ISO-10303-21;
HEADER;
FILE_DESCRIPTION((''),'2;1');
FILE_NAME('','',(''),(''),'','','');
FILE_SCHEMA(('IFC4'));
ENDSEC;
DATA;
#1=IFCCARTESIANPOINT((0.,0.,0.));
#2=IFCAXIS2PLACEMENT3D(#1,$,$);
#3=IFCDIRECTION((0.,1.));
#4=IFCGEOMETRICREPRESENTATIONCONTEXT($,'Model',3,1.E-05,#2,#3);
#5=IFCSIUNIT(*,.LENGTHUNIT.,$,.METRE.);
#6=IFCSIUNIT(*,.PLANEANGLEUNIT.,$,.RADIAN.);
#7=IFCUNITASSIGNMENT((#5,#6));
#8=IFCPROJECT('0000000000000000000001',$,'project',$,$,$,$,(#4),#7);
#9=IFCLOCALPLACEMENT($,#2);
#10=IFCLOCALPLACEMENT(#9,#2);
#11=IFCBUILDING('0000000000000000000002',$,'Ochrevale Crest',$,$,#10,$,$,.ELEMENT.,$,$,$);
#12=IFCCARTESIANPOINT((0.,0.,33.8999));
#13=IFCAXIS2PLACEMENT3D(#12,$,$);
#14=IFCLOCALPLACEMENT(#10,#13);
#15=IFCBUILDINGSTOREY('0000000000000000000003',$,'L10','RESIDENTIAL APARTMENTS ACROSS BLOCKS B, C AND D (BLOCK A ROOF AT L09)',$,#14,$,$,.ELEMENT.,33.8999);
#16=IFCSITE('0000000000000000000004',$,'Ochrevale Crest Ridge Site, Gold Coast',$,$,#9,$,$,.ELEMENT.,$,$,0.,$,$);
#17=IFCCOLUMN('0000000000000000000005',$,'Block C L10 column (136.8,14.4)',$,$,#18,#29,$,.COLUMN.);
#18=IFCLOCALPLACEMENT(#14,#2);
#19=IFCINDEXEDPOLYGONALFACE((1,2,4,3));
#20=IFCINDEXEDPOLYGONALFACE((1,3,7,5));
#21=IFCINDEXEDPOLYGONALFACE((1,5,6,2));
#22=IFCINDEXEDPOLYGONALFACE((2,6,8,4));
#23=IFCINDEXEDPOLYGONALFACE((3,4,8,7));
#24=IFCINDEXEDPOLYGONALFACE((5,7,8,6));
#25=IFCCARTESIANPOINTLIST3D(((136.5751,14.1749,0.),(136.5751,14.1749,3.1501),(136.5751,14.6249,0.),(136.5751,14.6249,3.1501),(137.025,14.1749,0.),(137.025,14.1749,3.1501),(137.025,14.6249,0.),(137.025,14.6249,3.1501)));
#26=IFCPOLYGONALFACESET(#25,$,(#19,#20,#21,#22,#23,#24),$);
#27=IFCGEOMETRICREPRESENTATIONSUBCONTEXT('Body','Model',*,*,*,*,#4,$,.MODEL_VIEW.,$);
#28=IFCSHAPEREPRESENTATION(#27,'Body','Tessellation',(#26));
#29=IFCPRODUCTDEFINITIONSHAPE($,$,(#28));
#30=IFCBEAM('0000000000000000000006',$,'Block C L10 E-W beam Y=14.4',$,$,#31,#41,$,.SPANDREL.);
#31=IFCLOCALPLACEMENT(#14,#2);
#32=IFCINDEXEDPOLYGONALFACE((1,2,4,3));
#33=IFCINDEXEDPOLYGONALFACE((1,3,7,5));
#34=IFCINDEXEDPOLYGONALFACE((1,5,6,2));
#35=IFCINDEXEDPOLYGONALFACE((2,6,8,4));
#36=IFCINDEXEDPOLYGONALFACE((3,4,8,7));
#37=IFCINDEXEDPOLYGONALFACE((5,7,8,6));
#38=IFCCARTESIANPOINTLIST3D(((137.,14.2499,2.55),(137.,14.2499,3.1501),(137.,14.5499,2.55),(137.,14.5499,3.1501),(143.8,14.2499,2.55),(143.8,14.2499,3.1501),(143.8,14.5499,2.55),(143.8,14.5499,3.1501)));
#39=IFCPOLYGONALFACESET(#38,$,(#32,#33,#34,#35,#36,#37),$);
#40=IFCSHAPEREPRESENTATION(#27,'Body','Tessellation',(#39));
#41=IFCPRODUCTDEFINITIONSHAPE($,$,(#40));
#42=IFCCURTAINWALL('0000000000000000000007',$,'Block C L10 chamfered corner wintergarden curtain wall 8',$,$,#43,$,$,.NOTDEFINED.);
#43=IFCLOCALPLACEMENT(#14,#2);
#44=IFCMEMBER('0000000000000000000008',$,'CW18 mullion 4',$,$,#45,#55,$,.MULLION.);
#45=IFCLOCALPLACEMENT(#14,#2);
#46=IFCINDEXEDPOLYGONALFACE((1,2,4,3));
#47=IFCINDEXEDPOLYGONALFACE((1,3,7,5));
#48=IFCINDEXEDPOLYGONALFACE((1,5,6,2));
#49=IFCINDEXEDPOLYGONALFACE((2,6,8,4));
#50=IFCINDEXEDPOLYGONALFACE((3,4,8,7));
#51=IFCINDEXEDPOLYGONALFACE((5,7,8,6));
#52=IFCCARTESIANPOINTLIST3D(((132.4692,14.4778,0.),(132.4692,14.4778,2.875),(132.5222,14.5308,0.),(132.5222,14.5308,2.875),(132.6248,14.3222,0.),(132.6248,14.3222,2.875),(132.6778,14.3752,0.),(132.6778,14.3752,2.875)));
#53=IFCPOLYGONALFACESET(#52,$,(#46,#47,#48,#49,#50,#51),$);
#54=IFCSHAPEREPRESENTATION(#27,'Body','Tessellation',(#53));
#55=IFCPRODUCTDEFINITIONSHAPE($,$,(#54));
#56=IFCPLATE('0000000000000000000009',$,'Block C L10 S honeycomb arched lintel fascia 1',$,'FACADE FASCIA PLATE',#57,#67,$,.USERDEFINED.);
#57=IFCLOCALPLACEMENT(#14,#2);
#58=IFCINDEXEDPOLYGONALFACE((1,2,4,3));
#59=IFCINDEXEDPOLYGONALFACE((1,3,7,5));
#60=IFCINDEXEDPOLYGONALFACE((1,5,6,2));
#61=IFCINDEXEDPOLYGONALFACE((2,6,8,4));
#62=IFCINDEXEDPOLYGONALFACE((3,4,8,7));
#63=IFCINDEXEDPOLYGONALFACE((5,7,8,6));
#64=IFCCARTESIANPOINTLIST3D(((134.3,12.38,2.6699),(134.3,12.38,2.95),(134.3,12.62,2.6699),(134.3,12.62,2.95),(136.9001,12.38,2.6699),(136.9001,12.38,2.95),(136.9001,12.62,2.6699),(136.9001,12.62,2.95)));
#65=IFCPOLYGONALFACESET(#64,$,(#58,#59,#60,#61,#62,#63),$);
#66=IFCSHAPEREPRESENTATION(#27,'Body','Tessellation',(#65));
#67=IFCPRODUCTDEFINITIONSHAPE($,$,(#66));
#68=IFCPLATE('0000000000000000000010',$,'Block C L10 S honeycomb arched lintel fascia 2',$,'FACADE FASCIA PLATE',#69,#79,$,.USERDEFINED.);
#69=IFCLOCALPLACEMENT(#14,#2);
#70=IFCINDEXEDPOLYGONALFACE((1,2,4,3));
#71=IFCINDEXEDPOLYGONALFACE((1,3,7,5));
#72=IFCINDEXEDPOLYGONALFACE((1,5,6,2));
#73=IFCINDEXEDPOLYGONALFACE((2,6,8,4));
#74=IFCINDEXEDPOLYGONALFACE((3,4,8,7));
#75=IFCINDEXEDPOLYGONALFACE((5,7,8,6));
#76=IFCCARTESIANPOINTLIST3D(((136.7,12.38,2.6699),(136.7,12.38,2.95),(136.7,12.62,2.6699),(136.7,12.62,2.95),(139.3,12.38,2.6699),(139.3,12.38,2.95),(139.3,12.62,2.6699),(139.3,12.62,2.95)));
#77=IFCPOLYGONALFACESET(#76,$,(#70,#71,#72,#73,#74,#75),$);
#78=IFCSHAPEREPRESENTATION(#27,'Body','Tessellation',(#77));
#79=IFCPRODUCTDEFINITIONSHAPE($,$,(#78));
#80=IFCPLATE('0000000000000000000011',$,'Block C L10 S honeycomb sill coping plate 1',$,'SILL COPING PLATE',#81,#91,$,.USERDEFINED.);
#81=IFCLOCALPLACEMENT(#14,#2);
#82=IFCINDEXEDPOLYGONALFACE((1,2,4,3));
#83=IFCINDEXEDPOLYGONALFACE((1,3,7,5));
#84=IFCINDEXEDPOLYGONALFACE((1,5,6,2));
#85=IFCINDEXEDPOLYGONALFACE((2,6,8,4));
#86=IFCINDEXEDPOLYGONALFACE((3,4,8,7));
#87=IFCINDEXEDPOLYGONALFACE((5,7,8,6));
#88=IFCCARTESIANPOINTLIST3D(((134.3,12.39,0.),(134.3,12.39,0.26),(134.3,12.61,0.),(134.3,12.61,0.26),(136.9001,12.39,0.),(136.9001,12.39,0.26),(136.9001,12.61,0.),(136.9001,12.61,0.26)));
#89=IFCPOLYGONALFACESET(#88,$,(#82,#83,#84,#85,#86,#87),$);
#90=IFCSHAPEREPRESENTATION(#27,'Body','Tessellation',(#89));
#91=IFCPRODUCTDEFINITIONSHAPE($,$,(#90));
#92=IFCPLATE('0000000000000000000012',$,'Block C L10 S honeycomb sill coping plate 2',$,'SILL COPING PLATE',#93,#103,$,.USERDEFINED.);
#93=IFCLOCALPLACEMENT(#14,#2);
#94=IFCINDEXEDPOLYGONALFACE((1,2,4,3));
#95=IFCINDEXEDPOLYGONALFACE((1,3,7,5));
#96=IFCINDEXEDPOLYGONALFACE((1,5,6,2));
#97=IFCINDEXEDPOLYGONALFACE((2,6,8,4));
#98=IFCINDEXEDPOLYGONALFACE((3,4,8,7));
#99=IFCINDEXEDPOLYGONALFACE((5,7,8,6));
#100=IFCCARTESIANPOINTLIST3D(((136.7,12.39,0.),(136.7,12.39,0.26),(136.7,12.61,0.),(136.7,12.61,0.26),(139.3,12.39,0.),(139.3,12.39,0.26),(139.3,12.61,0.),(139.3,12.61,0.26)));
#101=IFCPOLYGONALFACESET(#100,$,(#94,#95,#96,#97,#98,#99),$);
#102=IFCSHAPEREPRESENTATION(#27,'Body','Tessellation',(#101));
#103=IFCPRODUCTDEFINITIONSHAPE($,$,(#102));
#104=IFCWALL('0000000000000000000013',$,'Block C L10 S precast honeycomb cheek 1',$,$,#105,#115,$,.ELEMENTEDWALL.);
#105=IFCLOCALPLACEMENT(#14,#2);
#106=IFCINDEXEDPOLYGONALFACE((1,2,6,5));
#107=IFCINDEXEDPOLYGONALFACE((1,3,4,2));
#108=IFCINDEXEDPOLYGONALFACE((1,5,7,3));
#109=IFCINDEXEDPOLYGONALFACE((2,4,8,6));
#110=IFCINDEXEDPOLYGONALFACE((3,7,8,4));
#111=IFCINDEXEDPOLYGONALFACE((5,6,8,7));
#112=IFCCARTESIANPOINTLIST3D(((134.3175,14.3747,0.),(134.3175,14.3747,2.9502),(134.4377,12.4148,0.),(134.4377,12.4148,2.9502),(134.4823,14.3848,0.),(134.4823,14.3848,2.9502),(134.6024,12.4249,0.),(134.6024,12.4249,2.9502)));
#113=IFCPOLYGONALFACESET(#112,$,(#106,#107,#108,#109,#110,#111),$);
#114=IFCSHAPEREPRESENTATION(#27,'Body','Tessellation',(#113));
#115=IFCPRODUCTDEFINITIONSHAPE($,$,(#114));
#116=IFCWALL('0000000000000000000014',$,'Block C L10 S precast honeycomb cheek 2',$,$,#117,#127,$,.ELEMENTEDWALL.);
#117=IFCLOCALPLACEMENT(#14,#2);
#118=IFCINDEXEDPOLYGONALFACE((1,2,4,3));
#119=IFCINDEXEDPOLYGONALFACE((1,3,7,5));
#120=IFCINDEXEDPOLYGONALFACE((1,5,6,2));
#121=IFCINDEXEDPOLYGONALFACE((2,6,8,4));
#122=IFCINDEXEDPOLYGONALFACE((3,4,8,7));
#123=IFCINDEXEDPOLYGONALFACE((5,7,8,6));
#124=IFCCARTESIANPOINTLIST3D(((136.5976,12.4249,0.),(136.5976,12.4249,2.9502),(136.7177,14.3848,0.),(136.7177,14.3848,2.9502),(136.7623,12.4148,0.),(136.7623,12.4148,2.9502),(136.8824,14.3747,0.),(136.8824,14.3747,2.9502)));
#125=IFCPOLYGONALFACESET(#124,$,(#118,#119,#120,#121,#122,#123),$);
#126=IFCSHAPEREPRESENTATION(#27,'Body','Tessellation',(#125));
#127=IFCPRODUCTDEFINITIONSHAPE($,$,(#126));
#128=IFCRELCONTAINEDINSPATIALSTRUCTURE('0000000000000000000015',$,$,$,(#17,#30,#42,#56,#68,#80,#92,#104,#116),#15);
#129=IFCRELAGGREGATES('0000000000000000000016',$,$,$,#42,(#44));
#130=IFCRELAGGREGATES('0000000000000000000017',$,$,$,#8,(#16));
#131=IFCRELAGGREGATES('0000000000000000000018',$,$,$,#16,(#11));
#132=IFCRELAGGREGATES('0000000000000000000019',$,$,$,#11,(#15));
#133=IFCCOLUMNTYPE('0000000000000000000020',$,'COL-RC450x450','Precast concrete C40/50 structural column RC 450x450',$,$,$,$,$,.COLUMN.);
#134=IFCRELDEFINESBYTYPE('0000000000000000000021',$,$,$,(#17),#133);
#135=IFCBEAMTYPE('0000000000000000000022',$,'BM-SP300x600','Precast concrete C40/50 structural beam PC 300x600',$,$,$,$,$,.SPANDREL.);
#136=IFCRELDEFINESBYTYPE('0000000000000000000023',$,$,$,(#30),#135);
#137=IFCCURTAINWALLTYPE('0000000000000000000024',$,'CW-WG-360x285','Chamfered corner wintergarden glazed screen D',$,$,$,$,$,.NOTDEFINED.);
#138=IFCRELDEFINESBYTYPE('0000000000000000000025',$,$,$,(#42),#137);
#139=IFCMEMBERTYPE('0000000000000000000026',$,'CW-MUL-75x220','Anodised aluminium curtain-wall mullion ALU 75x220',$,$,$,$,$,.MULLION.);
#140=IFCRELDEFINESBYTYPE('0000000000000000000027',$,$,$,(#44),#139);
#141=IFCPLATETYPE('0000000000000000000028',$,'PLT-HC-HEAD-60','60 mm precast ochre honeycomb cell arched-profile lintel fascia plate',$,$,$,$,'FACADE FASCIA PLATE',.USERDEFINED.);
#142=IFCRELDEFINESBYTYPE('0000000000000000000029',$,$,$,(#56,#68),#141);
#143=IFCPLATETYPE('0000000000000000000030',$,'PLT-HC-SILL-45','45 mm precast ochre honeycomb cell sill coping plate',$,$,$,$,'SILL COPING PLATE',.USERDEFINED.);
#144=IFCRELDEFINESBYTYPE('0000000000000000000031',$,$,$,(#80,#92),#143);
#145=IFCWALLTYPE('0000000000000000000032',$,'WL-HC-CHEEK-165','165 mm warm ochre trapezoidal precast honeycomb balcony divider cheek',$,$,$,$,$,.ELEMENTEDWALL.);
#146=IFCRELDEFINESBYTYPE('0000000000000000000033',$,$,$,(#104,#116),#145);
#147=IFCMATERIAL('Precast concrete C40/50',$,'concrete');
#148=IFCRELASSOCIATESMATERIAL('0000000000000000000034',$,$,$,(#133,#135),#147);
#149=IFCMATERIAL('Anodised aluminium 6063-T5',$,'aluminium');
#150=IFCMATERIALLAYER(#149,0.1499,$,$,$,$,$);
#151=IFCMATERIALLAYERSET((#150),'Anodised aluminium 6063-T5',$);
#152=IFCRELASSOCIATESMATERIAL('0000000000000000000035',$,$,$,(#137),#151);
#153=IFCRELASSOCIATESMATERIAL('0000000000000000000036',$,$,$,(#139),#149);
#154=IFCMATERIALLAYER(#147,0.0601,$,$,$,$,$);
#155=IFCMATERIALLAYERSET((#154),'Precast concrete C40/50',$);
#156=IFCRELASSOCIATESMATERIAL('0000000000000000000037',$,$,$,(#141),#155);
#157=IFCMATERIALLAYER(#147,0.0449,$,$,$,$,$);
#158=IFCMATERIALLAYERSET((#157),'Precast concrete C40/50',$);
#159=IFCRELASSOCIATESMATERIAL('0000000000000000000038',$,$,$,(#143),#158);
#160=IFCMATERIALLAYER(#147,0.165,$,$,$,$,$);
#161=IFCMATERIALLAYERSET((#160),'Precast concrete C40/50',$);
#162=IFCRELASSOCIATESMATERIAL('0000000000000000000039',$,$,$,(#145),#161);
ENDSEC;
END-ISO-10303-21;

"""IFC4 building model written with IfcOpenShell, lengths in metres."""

from ifc_helpers import new_model, si_unit, direction, frame, frame_2d, origin, origin_2d, place, context, subcontext, project, spatial, rectangle, extrude, material, layer, layer_set, material_profile, profile_set, type_object, element, aggregate, save


model = new_model("IFC4")

# Units and contexts
model_context = context("Model", 3, precision=1e-05, world=origin(), true_north=direction((0.0, 1.0)))
body_context = subcontext(model_context, "Body", "Model", "MODEL_VIEW")
ifc_project = project(units=[si_unit("LENGTHUNIT", "METRE"), si_unit("PLANEANGLEUNIT", "RADIAN")], contexts=[model_context])

# Site, building, storey
site_placement = place(None, origin())
site = spatial("IfcSite", under=ifc_project, at=site_placement, Name="Ochrevale Crest Ridge Site, Gold Coast", CompositionType="ELEMENT", RefElevation=0.0)
building_placement = place(site_placement, origin())
building = spatial("IfcBuilding", under=site, at=building_placement, Name="Ochrevale Crest", CompositionType="ELEMENT")
storey_placement = place(building_placement, frame((0.0, 0.0, 33.8999)))
storey = spatial("IfcBuildingStorey", under=building, at=storey_placement, Name="L10", Description="RESIDENTIAL APARTMENTS ACROSS BLOCKS B, C AND D (BLOCK A ROOF AT L09)", CompositionType="ELEMENT", Elevation=33.8999)

# Column
ifc_material_1 = material(Name="Precast concrete C40/50", Category="concrete")
ifc_material_profile_1 = material_profile(ifc_material_1, rectangle(XDim=0.45, YDim=0.45, at=origin_2d()), Name="RC 450x450")
ifc_profile_set_1 = profile_set([ifc_material_profile_1], Name="Precast concrete C40/50")
column_type = type_object("IfcColumnType", Name="COL-RC450x450", Description="Precast concrete C40/50 structural column RC 450x450", PredefinedType="COLUMN", material=ifc_profile_set_1)
column_placement = place(storey_placement, frame((136.8, 14.3999, 0.0), z_axis=(0.0, 0.0, 1.0), x_axis=(1.0, 0.0, 0.0)))
element("IfcColumn", 1, at=column_placement, inside=storey, type_object=column_type, Name="Block C L10 column (136.8,14.4)", PredefinedType="COLUMN", context=body_context, shape_type="SweptSolid", body=[
    extrude(rectangle(XDim=0.45, YDim=0.45, at=origin_2d()), origin(), (0.0, 0.0, 1.0), 3.1501),
])

# Beam
ifc_material_profile_2 = material_profile(ifc_material_1, rectangle(XDim=0.3, YDim=0.6001, at=origin_2d()), Name="PC 300x600")
ifc_profile_set_2 = profile_set([ifc_material_profile_2], Name="Precast concrete C40/50")
beam_type = type_object("IfcBeamType", Name="BM-SP300x600", Description="Precast concrete C40/50 structural beam PC 300x600", PredefinedType="SPANDREL", material=ifc_profile_set_2)
beam_placement = place(storey_placement, frame((137.0, 14.3999, 2.8501), z_axis=(1.0, 0.0, 0.0), x_axis=(0.0, 1.0, 0.0)))
element("IfcBeam", 2, at=beam_placement, inside=storey, type_object=beam_type, Name="Block C L10 E-W beam Y=14.4", PredefinedType="SPANDREL", context=body_context, shape_type="SweptSolid", body=[
    extrude(rectangle(XDim=0.3, YDim=0.6001, at=origin_2d()), origin(), (0.0, 0.0, 1.0), 6.8),
])

# Curtain wall, member
ifc_material_2 = material(Name="Anodised aluminium 6063-T5", Category="aluminium")
ifc_layer_1 = layer(ifc_material_2, 0.1499)
ifc_layer_set_1 = layer_set([ifc_layer_1], Name="Anodised aluminium 6063-T5")
curtain_wall_type = type_object("IfcCurtainWallType", Name="CW-WG-360x285", Description="Chamfered corner wintergarden glazed screen D", PredefinedType="NOTDEFINED", material=ifc_layer_set_1)
curtain_wall_placement = place(storey_placement, origin())
curtain_wall = element("IfcCurtainWall", 3, at=curtain_wall_placement, inside=storey, type_object=curtain_wall_type, Name="Block C L10 chamfered corner wintergarden curtain wall 8", PredefinedType="NOTDEFINED")
ifc_material_profile_3 = material_profile(ifc_material_2, rectangle(XDim=0.075, YDim=0.22, at=origin_2d()), Name="ALU 75x220")
ifc_profile_set_3 = profile_set([ifc_material_profile_3], Name="Anodised aluminium 6063-T5")
member_type = type_object("IfcMemberType", Name="CW-MUL-75x220", Description="Anodised aluminium curtain-wall mullion ALU 75x220", PredefinedType="MULLION", material=ifc_profile_set_3)
member_placement = place(storey_placement, frame((132.5735, 14.4265, 0.0), z_axis=(0.0, 0.0, 1.0), x_axis=(0.707107, 0.707107, 0.0)))
member = element("IfcMember", 4, at=member_placement, type_object=member_type, Name="CW18 mullion 4", PredefinedType="MULLION", context=body_context, shape_type="SweptSolid", body=[
    extrude(rectangle(XDim=0.075, YDim=0.22, at=origin_2d()), origin(), (0.0, 0.0, 1.0), 2.875),
])
aggregate(curtain_wall, [member])

# Plates
ifc_layer_2 = layer(ifc_material_1, 0.0601)
ifc_layer_set_2 = layer_set([ifc_layer_2], Name="Precast concrete C40/50")
plate_type_1 = type_object("IfcPlateType", Name="PLT-HC-HEAD-60", Description="60 mm precast ochre honeycomb cell arched-profile lintel fascia plate", ElementType="FACADE FASCIA PLATE", PredefinedType="USERDEFINED", material=ifc_layer_set_2)
for number, where, z_axis, x_axis, name in (
    (5, (135.6001, 12.5, 2.6699), (0.0, 0.0, 1.0), (1.0, 0.0, 0.0), "Block C L10 S honeycomb arched lintel fascia 1"),
    (6, (138.0, 12.5, 2.6699), (0.0, 0.0, 1.0), (1.0, 0.0, 0.0), "Block C L10 S honeycomb arched lintel fascia 2"),
):
    element("IfcPlate", number, at=place(storey_placement, frame(where, z_axis=z_axis, x_axis=x_axis)), inside=storey, type_object=plate_type_1, Name=name, ObjectType="FACADE FASCIA PLATE", PredefinedType="USERDEFINED", context=body_context, shape_type="SweptSolid", body=[
        extrude(rectangle(XDim=2.6001, YDim=0.24, at=origin_2d()), origin(), (0.0, 0.0, 1.0), 0.28),
    ])
ifc_layer_3 = layer(ifc_material_1, 0.0449)
ifc_layer_set_3 = layer_set([ifc_layer_3], Name="Precast concrete C40/50")
plate_type_2 = type_object("IfcPlateType", Name="PLT-HC-SILL-45", Description="45 mm precast ochre honeycomb cell sill coping plate", ElementType="SILL COPING PLATE", PredefinedType="USERDEFINED", material=ifc_layer_set_3)
for number, where, z_axis, x_axis, name in (
    (7, (135.6001, 12.5, 0.0), (0.0, 0.0, 1.0), (1.0, 0.0, 0.0), "Block C L10 S honeycomb sill coping plate 1"),
    (8, (138.0, 12.5, 0.0), (0.0, 0.0, 1.0), (1.0, 0.0, 0.0), "Block C L10 S honeycomb sill coping plate 2"),
):
    element("IfcPlate", number, at=place(storey_placement, frame(where, z_axis=z_axis, x_axis=x_axis)), inside=storey, type_object=plate_type_2, Name=name, ObjectType="SILL COPING PLATE", PredefinedType="USERDEFINED", context=body_context, shape_type="SweptSolid", body=[
        extrude(rectangle(XDim=2.6001, YDim=0.22, at=origin_2d()), origin(), (0.0, 0.0, 1.0), 0.26),
    ])

# Walls
ifc_layer_4 = layer(ifc_material_1, 0.165)
ifc_layer_set_4 = layer_set([ifc_layer_4], Name="Precast concrete C40/50")
wall_type_1 = type_object("IfcWallType", Name="WL-HC-CHEEK-165", Description="165 mm warm ochre trapezoidal precast honeycomb balcony divider cheek", PredefinedType="ELEMENTEDWALL", material=ifc_layer_set_4)
for number, where, z_axis, x_axis, name in (
    (9, (134.3999, 14.3799, 0.0), (0.0, 0.0, 1.0), (0.061171, -0.998127, 0.0), "Block C L10 S precast honeycomb cheek 1"),
    (10, (136.8, 14.3799, 0.0), (0.0, 0.0, 1.0), (-0.061171, -0.998127, 0.0), "Block C L10 S precast honeycomb cheek 2"),
):
    element("IfcWall", number, at=place(storey_placement, frame(where, z_axis=z_axis, x_axis=x_axis)), inside=storey, type_object=wall_type_1, Name=name, PredefinedType="ELEMENTEDWALL", context=body_context, shape_type="SweptSolid", body=[
        extrude(rectangle(XDim=1.9636, YDim=0.165, at=frame_2d((0.9819, 0.0))), origin(), (0.0, 0.0, 1.0), 2.9502),
    ])

save(model, "model.ifc")
